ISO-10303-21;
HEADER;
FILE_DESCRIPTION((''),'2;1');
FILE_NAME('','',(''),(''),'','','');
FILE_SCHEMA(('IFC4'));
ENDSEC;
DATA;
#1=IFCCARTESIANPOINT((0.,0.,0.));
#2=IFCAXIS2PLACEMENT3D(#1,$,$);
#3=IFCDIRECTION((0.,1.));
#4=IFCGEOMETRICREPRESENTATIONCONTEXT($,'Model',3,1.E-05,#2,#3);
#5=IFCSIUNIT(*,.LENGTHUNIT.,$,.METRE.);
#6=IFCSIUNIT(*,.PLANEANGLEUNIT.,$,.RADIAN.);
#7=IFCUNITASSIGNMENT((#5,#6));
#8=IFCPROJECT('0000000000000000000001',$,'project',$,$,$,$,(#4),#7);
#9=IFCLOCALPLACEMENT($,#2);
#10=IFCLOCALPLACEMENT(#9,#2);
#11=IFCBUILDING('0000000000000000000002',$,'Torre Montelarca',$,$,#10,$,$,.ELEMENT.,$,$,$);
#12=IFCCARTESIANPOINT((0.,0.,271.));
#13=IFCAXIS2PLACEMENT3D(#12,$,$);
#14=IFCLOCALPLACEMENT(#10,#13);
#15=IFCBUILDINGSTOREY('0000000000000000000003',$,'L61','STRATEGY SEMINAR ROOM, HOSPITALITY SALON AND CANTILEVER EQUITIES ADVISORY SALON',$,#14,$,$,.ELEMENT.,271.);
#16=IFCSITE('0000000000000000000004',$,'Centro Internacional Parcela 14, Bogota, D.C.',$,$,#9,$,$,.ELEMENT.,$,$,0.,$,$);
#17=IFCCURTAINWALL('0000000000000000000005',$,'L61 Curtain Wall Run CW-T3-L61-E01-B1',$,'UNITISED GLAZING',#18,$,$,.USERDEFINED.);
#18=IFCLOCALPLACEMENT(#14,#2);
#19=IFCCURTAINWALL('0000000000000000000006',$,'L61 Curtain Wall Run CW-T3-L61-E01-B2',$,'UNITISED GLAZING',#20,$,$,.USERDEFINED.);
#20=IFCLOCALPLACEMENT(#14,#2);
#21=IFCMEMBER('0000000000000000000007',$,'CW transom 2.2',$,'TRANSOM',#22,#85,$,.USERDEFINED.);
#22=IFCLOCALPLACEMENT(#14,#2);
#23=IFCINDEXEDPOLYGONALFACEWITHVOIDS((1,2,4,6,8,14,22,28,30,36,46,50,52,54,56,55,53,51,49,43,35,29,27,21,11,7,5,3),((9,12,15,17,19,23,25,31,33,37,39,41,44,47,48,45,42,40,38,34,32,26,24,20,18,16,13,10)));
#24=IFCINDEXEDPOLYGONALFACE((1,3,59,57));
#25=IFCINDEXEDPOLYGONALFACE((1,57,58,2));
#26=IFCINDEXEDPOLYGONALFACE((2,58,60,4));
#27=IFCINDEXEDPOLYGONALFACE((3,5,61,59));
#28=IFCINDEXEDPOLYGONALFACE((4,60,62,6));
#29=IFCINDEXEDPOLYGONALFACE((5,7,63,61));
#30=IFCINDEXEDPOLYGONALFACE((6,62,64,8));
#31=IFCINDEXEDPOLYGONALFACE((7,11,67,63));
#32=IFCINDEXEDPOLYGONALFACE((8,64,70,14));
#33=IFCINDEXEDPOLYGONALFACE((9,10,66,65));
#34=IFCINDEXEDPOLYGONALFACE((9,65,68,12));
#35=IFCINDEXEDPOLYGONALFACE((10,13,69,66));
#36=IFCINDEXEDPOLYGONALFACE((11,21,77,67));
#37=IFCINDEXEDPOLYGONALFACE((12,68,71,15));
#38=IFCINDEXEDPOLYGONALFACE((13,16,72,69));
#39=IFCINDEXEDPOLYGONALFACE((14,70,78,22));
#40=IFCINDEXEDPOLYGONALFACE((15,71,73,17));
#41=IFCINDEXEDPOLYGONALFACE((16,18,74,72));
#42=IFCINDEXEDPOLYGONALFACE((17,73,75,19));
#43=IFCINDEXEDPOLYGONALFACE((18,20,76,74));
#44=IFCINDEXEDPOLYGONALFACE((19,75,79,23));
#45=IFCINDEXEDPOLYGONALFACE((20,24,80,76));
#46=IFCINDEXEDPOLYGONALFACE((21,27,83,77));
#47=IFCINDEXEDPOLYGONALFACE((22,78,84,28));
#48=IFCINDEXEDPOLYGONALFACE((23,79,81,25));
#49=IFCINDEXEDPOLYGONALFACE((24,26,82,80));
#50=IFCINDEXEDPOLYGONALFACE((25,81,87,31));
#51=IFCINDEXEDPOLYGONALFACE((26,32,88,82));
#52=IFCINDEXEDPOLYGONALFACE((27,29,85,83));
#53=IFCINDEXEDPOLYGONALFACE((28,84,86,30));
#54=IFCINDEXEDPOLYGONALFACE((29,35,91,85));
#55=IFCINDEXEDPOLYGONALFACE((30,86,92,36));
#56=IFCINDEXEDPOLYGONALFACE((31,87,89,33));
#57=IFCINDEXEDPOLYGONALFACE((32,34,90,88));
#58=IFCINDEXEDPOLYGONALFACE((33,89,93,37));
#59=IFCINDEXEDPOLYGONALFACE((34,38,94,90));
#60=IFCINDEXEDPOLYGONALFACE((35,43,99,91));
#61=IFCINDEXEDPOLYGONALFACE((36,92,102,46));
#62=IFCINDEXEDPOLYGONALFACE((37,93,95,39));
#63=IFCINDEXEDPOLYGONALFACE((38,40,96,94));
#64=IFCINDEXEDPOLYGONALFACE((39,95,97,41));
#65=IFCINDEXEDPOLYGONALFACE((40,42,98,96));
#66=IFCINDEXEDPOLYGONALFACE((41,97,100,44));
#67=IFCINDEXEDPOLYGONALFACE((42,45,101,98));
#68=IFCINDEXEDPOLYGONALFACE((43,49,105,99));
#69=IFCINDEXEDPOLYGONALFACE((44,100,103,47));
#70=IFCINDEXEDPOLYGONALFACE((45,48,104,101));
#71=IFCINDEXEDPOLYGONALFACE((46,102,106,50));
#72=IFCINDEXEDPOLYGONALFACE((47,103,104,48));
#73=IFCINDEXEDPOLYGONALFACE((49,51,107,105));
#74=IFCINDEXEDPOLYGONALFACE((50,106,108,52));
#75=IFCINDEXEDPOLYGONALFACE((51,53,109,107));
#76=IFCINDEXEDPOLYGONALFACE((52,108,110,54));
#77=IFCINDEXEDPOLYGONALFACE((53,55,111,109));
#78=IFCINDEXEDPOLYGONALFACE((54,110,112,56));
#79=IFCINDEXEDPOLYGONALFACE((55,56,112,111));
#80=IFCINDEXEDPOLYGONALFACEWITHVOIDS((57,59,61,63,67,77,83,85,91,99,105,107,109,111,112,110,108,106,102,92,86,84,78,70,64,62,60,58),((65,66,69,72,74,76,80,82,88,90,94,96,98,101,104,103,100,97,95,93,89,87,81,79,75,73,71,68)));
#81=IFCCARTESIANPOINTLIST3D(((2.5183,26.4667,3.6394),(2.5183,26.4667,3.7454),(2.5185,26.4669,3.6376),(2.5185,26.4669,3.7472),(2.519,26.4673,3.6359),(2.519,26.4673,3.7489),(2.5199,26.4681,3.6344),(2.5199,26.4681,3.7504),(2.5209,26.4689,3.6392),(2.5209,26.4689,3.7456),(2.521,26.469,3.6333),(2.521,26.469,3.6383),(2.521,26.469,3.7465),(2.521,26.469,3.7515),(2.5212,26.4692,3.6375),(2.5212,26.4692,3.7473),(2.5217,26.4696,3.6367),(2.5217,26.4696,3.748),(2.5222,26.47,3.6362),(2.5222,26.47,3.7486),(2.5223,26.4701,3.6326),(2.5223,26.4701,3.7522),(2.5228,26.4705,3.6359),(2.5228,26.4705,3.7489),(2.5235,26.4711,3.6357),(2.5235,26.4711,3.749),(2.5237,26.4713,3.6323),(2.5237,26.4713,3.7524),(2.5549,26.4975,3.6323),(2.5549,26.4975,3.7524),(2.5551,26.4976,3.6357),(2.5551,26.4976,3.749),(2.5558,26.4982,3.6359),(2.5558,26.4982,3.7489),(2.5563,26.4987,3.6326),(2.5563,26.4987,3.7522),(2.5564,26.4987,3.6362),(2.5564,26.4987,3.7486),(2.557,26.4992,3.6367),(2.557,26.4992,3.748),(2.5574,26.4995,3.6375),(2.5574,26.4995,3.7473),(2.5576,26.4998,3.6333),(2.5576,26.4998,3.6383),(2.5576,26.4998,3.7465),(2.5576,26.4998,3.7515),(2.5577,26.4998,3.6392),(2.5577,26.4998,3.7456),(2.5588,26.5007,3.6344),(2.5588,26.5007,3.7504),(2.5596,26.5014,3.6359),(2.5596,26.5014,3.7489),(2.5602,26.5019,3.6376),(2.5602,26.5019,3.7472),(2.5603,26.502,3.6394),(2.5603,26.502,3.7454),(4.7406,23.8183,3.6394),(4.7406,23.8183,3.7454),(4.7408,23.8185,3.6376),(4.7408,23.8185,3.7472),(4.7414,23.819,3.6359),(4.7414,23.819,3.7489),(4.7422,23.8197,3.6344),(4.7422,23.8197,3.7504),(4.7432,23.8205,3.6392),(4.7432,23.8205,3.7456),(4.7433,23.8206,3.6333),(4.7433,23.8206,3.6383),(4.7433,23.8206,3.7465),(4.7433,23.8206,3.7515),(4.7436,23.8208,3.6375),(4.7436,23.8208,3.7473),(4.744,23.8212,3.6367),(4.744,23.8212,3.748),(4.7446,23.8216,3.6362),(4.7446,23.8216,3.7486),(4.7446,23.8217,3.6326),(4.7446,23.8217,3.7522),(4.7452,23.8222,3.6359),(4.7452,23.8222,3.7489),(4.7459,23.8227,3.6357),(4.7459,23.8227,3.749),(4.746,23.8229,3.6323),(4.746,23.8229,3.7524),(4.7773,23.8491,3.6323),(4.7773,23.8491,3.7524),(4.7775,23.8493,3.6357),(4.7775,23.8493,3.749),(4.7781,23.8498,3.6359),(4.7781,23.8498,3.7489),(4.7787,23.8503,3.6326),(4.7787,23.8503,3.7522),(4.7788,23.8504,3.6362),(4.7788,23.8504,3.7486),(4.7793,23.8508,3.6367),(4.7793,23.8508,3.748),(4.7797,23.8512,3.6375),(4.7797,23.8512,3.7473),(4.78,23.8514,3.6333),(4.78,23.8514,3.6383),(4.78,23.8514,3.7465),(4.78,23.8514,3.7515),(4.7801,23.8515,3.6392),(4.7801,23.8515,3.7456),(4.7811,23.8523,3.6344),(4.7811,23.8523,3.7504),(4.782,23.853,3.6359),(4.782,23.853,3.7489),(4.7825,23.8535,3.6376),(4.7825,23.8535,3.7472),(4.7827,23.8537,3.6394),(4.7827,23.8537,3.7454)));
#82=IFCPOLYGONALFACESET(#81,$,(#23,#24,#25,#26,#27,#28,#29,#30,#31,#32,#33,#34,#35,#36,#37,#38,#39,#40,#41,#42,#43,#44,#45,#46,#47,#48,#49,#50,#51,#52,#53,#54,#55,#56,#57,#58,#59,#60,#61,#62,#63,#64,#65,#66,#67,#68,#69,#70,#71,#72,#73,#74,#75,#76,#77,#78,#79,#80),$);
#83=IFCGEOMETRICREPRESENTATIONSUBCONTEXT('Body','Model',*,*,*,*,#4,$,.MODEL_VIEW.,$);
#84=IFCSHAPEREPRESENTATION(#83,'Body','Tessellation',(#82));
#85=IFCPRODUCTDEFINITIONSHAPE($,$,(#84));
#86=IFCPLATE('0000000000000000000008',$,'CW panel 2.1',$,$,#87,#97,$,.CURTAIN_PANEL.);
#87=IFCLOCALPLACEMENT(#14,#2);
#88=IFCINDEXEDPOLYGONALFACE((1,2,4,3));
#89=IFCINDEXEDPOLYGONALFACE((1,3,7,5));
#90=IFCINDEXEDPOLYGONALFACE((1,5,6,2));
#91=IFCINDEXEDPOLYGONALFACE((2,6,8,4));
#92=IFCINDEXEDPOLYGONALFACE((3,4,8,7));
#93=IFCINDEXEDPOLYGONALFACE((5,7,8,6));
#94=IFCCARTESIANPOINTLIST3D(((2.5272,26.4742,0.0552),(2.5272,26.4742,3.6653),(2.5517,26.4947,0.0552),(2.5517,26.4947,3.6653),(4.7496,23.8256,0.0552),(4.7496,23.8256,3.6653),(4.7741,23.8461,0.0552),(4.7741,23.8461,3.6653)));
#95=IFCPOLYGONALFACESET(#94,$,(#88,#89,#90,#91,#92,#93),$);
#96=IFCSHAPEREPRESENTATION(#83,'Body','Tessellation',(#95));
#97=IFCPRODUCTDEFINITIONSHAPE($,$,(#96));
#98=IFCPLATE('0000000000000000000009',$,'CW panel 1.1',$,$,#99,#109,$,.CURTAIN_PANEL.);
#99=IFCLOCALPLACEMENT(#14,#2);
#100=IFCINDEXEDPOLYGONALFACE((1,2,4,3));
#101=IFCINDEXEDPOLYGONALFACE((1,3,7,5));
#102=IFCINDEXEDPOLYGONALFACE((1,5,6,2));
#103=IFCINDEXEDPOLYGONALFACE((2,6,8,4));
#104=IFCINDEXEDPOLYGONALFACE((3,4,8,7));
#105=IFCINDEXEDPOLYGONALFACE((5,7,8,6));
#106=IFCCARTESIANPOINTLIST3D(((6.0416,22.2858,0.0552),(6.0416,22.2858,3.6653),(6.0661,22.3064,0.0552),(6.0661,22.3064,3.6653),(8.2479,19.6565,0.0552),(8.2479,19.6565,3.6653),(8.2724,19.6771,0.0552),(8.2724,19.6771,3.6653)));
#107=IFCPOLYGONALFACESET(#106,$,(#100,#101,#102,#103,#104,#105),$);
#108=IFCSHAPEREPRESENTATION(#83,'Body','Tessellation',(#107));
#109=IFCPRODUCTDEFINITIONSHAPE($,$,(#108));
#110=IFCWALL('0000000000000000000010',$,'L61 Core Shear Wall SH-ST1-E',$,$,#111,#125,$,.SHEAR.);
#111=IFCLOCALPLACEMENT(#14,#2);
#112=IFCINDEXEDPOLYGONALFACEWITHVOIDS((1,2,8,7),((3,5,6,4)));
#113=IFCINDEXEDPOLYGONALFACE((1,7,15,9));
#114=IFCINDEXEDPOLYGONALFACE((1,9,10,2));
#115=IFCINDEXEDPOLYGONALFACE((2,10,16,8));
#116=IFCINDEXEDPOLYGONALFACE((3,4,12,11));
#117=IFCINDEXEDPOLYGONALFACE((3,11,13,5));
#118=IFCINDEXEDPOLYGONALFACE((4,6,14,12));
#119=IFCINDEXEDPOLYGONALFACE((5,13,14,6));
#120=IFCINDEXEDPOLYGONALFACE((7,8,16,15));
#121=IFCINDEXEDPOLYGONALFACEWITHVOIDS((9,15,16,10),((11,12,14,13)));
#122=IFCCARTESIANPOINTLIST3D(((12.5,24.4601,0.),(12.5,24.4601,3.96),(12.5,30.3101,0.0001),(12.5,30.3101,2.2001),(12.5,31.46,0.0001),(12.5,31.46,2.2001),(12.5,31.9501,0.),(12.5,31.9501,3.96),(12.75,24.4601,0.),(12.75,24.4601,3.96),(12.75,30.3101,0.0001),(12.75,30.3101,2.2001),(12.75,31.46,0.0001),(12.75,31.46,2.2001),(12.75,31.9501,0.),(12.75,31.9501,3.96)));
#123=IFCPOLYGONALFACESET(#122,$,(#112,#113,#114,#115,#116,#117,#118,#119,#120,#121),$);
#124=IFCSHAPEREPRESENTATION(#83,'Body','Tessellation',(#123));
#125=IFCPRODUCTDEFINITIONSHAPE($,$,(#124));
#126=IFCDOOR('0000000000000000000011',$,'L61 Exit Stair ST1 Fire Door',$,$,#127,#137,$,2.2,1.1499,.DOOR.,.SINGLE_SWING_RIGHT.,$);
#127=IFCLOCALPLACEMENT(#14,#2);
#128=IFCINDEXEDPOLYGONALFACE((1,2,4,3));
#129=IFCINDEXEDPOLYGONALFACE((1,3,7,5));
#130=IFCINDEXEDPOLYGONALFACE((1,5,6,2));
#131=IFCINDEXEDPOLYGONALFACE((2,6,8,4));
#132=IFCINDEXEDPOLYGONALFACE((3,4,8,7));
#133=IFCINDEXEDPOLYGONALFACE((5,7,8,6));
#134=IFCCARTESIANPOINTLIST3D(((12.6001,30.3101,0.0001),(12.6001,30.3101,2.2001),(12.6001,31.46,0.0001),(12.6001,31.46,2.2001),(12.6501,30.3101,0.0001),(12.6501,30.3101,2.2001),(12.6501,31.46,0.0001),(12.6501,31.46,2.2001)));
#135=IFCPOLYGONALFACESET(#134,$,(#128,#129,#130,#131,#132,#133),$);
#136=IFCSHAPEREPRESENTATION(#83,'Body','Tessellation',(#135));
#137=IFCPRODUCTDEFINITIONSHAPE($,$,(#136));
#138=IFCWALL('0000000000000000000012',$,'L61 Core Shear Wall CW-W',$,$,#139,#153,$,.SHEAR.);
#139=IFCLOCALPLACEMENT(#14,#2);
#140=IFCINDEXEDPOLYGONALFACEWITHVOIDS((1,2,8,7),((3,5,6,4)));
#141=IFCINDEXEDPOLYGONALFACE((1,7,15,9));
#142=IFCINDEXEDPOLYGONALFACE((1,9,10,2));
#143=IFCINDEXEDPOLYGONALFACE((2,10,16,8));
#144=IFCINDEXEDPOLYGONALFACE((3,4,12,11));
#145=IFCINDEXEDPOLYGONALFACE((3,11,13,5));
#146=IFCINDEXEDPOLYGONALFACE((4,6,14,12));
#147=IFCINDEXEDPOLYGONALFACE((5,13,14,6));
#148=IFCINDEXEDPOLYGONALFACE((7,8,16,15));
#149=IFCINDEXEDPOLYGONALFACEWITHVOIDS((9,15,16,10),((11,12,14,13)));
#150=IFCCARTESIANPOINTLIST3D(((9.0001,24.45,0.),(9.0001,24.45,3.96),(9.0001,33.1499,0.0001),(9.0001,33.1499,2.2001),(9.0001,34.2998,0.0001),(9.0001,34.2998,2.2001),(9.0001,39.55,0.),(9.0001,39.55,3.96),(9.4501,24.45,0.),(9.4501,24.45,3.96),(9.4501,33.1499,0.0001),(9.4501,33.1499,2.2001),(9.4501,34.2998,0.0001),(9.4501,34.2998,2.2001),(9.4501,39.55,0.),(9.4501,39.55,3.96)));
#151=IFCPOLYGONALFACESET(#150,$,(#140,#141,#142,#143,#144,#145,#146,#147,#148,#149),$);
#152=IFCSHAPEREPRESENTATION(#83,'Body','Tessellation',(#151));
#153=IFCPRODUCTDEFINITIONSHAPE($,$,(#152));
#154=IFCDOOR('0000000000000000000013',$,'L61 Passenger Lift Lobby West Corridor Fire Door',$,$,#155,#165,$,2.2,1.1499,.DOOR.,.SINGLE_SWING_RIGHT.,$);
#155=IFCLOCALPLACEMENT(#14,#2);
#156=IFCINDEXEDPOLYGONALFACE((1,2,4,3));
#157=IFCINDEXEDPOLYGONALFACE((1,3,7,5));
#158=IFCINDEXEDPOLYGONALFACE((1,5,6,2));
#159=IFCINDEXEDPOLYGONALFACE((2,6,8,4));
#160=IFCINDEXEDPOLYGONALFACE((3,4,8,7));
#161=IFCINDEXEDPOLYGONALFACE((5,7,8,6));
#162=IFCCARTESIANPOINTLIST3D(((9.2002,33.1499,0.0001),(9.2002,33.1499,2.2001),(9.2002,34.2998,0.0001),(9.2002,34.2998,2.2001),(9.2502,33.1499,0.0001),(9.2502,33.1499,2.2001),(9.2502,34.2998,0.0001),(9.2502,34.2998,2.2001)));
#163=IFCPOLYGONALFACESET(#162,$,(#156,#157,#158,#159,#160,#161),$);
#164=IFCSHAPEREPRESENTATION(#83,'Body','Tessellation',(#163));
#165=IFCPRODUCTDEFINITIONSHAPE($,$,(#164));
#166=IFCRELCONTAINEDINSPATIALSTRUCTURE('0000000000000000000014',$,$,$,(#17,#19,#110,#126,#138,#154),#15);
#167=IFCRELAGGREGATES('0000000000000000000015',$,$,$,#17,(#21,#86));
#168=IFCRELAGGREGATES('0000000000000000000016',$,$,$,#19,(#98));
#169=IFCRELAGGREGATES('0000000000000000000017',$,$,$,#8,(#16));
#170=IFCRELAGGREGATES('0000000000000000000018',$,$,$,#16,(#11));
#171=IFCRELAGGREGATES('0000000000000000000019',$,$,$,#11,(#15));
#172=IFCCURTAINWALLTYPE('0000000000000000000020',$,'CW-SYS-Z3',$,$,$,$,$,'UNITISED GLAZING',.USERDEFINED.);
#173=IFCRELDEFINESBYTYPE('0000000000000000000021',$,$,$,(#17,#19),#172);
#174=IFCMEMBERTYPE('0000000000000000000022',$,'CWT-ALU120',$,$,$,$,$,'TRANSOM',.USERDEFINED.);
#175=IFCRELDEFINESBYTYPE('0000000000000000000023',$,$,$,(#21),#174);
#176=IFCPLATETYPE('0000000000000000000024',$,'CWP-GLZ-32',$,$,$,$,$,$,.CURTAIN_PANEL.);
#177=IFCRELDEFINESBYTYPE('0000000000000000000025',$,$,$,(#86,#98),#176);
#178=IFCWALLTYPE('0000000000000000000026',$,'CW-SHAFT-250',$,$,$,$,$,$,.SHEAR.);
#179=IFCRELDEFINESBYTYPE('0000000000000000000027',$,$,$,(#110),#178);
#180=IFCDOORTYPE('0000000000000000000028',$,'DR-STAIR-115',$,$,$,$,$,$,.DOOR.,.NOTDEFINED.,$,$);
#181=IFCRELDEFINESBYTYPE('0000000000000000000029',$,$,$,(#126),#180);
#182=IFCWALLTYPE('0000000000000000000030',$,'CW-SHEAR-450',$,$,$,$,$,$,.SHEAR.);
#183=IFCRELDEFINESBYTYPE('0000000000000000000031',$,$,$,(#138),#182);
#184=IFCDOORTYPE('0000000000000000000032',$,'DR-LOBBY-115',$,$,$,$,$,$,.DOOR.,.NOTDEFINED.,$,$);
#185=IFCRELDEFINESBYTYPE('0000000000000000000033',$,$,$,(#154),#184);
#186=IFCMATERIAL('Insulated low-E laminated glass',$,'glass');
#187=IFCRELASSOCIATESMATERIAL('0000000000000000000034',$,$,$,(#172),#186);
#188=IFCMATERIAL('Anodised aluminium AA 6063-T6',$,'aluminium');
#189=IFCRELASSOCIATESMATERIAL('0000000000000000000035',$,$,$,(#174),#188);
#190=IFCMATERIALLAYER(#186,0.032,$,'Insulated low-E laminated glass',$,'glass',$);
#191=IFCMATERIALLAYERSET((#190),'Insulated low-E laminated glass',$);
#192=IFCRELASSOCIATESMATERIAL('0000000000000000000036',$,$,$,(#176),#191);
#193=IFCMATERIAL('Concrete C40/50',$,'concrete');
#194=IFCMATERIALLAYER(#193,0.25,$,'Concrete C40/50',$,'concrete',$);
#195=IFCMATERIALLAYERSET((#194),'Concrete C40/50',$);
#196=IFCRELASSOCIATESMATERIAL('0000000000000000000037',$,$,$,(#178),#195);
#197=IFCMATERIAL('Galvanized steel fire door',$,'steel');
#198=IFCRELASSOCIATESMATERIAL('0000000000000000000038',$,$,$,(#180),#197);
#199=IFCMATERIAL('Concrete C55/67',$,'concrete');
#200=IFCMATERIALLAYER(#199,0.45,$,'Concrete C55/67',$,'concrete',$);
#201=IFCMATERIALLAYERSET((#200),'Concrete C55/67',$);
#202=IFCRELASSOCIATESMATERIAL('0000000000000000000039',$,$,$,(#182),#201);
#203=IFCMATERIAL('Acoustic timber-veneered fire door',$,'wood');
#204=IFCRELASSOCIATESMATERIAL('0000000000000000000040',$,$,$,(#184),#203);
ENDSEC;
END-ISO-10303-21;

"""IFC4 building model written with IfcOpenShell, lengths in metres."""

from ifc_helpers import new_model, si_unit, direction, frame, frame_2d, origin, origin_2d, place, context, subcontext, project, spatial, rectangle, hollow_rectangle, extrude, source, transform, mapped, material, layer, layer_set, material_profile, profile_set, type_object, element, fill, aggregate, save


model = new_model("IFC4")

# Units and contexts
model_context = context("Model", 3, precision=1e-05, world=origin(), true_north=direction((0.0, 1.0)))
body_context = subcontext(model_context, "Body", "Model", "MODEL_VIEW")
ifc_project = project(units=[si_unit("LENGTHUNIT", "METRE"), si_unit("PLANEANGLEUNIT", "RADIAN")], contexts=[model_context])

# Site, building, storey
site_placement = place(None, origin())
site = spatial("IfcSite", under=ifc_project, at=site_placement, Name="Centro Internacional Parcela 14, Bogota, D.C.", CompositionType="ELEMENT", RefElevation=0.0)
building_placement = place(site_placement, origin())
building = spatial("IfcBuilding", under=site, at=building_placement, Name="Torre Montelarca", CompositionType="ELEMENT")
storey_placement = place(building_placement, frame((0.0, 0.0, 271.0)))
storey = spatial("IfcBuildingStorey", under=building, at=storey_placement, Name="L61", Description="STRATEGY SEMINAR ROOM, HOSPITALITY SALON AND CANTILEVER EQUITIES ADVISORY SALON", CompositionType="ELEMENT", Elevation=271.0)

# Shared definitions
ifc_material_1 = material(Name="Concrete C55/67", Category="concrete")

# Curtain walls
ifc_material_2 = material(Name="Insulated low-E laminated glass", Category="glass")
curtain_wall_type = type_object("IfcCurtainWallType", Name="CW-SYS-Z3", ElementType="UNITISED GLAZING", PredefinedType="USERDEFINED", material=ifc_material_2)
curtain_wall_1_placement = place(storey_placement, origin())
curtain_wall_1 = element("IfcCurtainWall", 1, at=curtain_wall_1_placement, inside=storey, type_object=curtain_wall_type, Name="L61 Curtain Wall Run CW-T3-L61-E01-B1", ObjectType="UNITISED GLAZING", PredefinedType="USERDEFINED")
ifc_material_3 = material(Name="Anodised aluminium AA 6063-T6", Category="aluminium")
curtain_wall_2_placement = place(storey_placement, origin())
curtain_wall_2 = element("IfcCurtainWall", 2, at=curtain_wall_2_placement, inside=storey, type_object=curtain_wall_type, Name="L61 Curtain Wall Run CW-T3-L61-E01-B2", ObjectType="UNITISED GLAZING", PredefinedType="USERDEFINED")
ifc_material_profile_1 = material_profile(ifc_material_3, hollow_rectangle(XDim=0.0549, YDim=0.1201, WallThickness=0.0034, InnerFilletRadius=0.0034, OuterFilletRadius=0.0071, at=origin_2d()), Name="ALU55X120X3.5", Category="aluminium")
ifc_profile_set_1 = profile_set([ifc_material_profile_1], Name="Anodised aluminium AA 6063-T6")
member_type_1 = type_object("IfcMemberType", Name="CWT-ALU120", ElementType="TRANSOM", PredefinedType="USERDEFINED", material=ifc_profile_set_1)

# Member
shared_shape_1 = source(origin(), body_context, "Body", "SweptSolid", [
    extrude(hollow_rectangle(XDim=0.0549, YDim=0.1201, WallThickness=0.0034, InnerFilletRadius=0.0034, OuterFilletRadius=0.0071, at=origin_2d()), origin(), (0.0, 0.0, 1.0), 3.4573),
])
member_1_placement = place(storey_placement, frame((2.5393, 26.4844, 3.6924), z_axis=(0.642806, -0.766029, 0.0), x_axis=(0.766029, 0.642806, 0.0)))
member_1 = element("IfcMember", 3, at=member_1_placement, type_object=member_type_1, Name="CW transom 2.2", ObjectType="TRANSOM", PredefinedType="USERDEFINED", context=body_context, shape_type="MappedRepresentation", body=[
    mapped(shared_shape_1, transform((0.0, 0.0, 0.0), scale=1.0)),
])

# Plates
ifc_layer_1 = layer(ifc_material_2, 0.032, Name="Insulated low-E laminated glass", Category="glass")
ifc_layer_set_1 = layer_set([ifc_layer_1], Name="Insulated low-E laminated glass")
plate_type = type_object("IfcPlateType", Name="CWP-GLZ-32", PredefinedType="CURTAIN_PANEL", material=ifc_layer_set_1)
shared_shape_2 = source(origin(), body_context, "Body", "SweptSolid", [
    extrude(rectangle(XDim=3.4575, YDim=0.032, at=origin_2d()), origin(), (0.0, 0.0, 1.0), 3.6101),
])
plate_1_placement = place(storey_placement, frame((3.6506, 25.1602, 0.0552), z_axis=(0.0, 0.0, 1.0), x_axis=(0.642791, -0.766041, 0.0)))
plate_1 = element("IfcPlate", 4, at=plate_1_placement, type_object=plate_type, Name="CW panel 2.1", PredefinedType="CURTAIN_PANEL", context=body_context, shape_type="MappedRepresentation", body=[
    mapped(shared_shape_2, transform((0.0, 0.0, 0.0), scale=1.0)),
])
aggregate(curtain_wall_1, [member_1, plate_1])
shared_shape_3 = source(origin(), body_context, "Body", "SweptSolid", [
    extrude(rectangle(XDim=3.4324, YDim=0.032, at=origin_2d()), origin(), (0.0, 0.0, 1.0), 3.6101),
])
plate_2_placement = place(storey_placement, frame((7.157, 20.9814, 0.0552), z_axis=(0.0, 0.0, 1.0), x_axis=(0.642794, -0.766039, 0.0)))
plate_2 = element("IfcPlate", 5, at=plate_2_placement, type_object=plate_type, Name="CW panel 1.1", PredefinedType="CURTAIN_PANEL", context=body_context, shape_type="MappedRepresentation", body=[
    mapped(shared_shape_3, transform((0.0, 0.0, 0.0), scale=1.0)),
])
aggregate(curtain_wall_2, [plate_2])

# Walls, openings, doors
ifc_material_4 = material(Name="Concrete C40/50", Category="concrete")
ifc_layer_2 = layer(ifc_material_4, 0.25, Name="Concrete C40/50", Category="concrete")
ifc_layer_set_2 = layer_set([ifc_layer_2], Name="Concrete C40/50")
wall_type_1 = type_object("IfcWallType", Name="CW-SHAFT-250", PredefinedType="SHEAR", material=ifc_layer_set_2)
wall_1_placement = place(storey_placement, frame((12.625, 24.46, 0.0), z_axis=(0.0, 0.0, 1.0), x_axis=(0.0, 1.0, 0.0)))
wall_1 = element("IfcWall", 6, at=wall_1_placement, inside=storey, type_object=wall_type_1, Name="L61 Core Shear Wall SH-ST1-E", PredefinedType="SHEAR", context=body_context, shape_type="SweptSolid", body=[
    extrude(rectangle(XDim=7.49, YDim=0.25, at=frame_2d((3.7451, 0.0))), origin(), (0.0, 0.0, 1.0), 3.96),
])
opening_1_placement = place(wall_1_placement, frame((5.8501, 0.0, 0.0)))
opening_1 = element("IfcOpeningElement", 7, at=opening_1_placement, cuts=wall_1, PredefinedType="OPENING", context=body_context, shape_type="SweptSolid", body=[
    extrude(rectangle(XDim=1.1499, YDim=2.2, at=frame_2d((0.575, 1.1001))), frame((0.0, 0.135, 0.0), z_axis=(0.0, -1.0, 0.0), x_axis=(1.0, 0.0, 0.0)), (0.0, 0.0, 1.0), 0.27),
])
ifc_material_5 = material(Name="Galvanized steel fire door", Category="steel")
door_type_1 = type_object("IfcDoorType", Name="DR-STAIR-115", OperationType="NOTDEFINED", PredefinedType="DOOR", material=ifc_material_5)
shared_shape_4 = source(origin(), body_context, "Body", "SweptSolid", [
    extrude(rectangle(XDim=1.1499, YDim=2.2, at=frame_2d((0.575, 1.1001))), frame((0.0, 0.0249, 0.0), z_axis=(0.0, -1.0, 0.0), x_axis=(1.0, 0.0, 0.0)), (0.0, 0.0, 1.0), 0.05),
])
door_1_placement = place(opening_1_placement, origin())
door_1 = element("IfcDoor", 8, at=door_1_placement, inside=storey, type_object=door_type_1, Name="L61 Exit Stair ST1 Fire Door", OperationType="SINGLE_SWING_RIGHT", OverallHeight=2.2, OverallWidth=1.1499, PredefinedType="DOOR", context=body_context, shape_type="MappedRepresentation", body=[
    mapped(shared_shape_4, transform((0.0, 0.0, 0.0), scale=1.0)),
])
fill(opening_1, door_1)
ifc_layer_3 = layer(ifc_material_1, 0.45, Name="Concrete C55/67", Category="concrete")
ifc_layer_set_3 = layer_set([ifc_layer_3], Name="Concrete C55/67")
wall_type_2 = type_object("IfcWallType", Name="CW-SHEAR-450", PredefinedType="SHEAR", material=ifc_layer_set_3)
wall_2_placement = place(storey_placement, frame((9.2251, 24.45, 0.0), z_axis=(0.0, 0.0, 1.0), x_axis=(0.0, 1.0, 0.0)))
wall_2 = element("IfcWall", 9, at=wall_2_placement, inside=storey, type_object=wall_type_2, Name="L61 Core Shear Wall CW-W", PredefinedType="SHEAR", context=body_context, shape_type="SweptSolid", body=[
    extrude(rectangle(XDim=15.1001, YDim=0.45, at=frame_2d((7.55, 0.0))), origin(), (0.0, 0.0, 1.0), 3.96),
])
opening_2_placement = place(wall_2_placement, frame((8.7, 0.0, 0.0)))
opening_2 = element("IfcOpeningElement", 10, at=opening_2_placement, cuts=wall_2, PredefinedType="OPENING", context=body_context, shape_type="SweptSolid", body=[
    extrude(rectangle(XDim=1.1499, YDim=2.2, at=frame_2d((0.575, 1.1001))), frame((0.0, 0.2349, 0.0), z_axis=(0.0, -1.0, 0.0), x_axis=(1.0, 0.0, 0.0)), (0.0, 0.0, 1.0), 0.47),
])
ifc_material_6 = material(Name="Acoustic timber-veneered fire door", Category="wood")
door_type_2 = type_object("IfcDoorType", Name="DR-LOBBY-115", OperationType="NOTDEFINED", PredefinedType="DOOR", material=ifc_material_6)
shared_shape_5 = source(origin(), body_context, "Body", "SweptSolid", [
    extrude(rectangle(XDim=1.1499, YDim=2.2, at=frame_2d((0.575, 1.1001))), frame((0.0, 0.0249, 0.0), z_axis=(0.0, -1.0, 0.0), x_axis=(1.0, 0.0, 0.0)), (0.0, 0.0, 1.0), 0.05),
])
door_2_placement = place(opening_2_placement, origin())
door_2 = element("IfcDoor", 11, at=door_2_placement, inside=storey, type_object=door_type_2, Name="L61 Passenger Lift Lobby West Corridor Fire Door", OperationType="SINGLE_SWING_RIGHT", OverallHeight=2.2, OverallWidth=1.1499, PredefinedType="DOOR", context=body_context, shape_type="MappedRepresentation", body=[
    mapped(shared_shape_5, transform((0.0, 0.0, 0.0), scale=1.0)),
])
fill(opening_2, door_2)

save(model, "model.ifc")
